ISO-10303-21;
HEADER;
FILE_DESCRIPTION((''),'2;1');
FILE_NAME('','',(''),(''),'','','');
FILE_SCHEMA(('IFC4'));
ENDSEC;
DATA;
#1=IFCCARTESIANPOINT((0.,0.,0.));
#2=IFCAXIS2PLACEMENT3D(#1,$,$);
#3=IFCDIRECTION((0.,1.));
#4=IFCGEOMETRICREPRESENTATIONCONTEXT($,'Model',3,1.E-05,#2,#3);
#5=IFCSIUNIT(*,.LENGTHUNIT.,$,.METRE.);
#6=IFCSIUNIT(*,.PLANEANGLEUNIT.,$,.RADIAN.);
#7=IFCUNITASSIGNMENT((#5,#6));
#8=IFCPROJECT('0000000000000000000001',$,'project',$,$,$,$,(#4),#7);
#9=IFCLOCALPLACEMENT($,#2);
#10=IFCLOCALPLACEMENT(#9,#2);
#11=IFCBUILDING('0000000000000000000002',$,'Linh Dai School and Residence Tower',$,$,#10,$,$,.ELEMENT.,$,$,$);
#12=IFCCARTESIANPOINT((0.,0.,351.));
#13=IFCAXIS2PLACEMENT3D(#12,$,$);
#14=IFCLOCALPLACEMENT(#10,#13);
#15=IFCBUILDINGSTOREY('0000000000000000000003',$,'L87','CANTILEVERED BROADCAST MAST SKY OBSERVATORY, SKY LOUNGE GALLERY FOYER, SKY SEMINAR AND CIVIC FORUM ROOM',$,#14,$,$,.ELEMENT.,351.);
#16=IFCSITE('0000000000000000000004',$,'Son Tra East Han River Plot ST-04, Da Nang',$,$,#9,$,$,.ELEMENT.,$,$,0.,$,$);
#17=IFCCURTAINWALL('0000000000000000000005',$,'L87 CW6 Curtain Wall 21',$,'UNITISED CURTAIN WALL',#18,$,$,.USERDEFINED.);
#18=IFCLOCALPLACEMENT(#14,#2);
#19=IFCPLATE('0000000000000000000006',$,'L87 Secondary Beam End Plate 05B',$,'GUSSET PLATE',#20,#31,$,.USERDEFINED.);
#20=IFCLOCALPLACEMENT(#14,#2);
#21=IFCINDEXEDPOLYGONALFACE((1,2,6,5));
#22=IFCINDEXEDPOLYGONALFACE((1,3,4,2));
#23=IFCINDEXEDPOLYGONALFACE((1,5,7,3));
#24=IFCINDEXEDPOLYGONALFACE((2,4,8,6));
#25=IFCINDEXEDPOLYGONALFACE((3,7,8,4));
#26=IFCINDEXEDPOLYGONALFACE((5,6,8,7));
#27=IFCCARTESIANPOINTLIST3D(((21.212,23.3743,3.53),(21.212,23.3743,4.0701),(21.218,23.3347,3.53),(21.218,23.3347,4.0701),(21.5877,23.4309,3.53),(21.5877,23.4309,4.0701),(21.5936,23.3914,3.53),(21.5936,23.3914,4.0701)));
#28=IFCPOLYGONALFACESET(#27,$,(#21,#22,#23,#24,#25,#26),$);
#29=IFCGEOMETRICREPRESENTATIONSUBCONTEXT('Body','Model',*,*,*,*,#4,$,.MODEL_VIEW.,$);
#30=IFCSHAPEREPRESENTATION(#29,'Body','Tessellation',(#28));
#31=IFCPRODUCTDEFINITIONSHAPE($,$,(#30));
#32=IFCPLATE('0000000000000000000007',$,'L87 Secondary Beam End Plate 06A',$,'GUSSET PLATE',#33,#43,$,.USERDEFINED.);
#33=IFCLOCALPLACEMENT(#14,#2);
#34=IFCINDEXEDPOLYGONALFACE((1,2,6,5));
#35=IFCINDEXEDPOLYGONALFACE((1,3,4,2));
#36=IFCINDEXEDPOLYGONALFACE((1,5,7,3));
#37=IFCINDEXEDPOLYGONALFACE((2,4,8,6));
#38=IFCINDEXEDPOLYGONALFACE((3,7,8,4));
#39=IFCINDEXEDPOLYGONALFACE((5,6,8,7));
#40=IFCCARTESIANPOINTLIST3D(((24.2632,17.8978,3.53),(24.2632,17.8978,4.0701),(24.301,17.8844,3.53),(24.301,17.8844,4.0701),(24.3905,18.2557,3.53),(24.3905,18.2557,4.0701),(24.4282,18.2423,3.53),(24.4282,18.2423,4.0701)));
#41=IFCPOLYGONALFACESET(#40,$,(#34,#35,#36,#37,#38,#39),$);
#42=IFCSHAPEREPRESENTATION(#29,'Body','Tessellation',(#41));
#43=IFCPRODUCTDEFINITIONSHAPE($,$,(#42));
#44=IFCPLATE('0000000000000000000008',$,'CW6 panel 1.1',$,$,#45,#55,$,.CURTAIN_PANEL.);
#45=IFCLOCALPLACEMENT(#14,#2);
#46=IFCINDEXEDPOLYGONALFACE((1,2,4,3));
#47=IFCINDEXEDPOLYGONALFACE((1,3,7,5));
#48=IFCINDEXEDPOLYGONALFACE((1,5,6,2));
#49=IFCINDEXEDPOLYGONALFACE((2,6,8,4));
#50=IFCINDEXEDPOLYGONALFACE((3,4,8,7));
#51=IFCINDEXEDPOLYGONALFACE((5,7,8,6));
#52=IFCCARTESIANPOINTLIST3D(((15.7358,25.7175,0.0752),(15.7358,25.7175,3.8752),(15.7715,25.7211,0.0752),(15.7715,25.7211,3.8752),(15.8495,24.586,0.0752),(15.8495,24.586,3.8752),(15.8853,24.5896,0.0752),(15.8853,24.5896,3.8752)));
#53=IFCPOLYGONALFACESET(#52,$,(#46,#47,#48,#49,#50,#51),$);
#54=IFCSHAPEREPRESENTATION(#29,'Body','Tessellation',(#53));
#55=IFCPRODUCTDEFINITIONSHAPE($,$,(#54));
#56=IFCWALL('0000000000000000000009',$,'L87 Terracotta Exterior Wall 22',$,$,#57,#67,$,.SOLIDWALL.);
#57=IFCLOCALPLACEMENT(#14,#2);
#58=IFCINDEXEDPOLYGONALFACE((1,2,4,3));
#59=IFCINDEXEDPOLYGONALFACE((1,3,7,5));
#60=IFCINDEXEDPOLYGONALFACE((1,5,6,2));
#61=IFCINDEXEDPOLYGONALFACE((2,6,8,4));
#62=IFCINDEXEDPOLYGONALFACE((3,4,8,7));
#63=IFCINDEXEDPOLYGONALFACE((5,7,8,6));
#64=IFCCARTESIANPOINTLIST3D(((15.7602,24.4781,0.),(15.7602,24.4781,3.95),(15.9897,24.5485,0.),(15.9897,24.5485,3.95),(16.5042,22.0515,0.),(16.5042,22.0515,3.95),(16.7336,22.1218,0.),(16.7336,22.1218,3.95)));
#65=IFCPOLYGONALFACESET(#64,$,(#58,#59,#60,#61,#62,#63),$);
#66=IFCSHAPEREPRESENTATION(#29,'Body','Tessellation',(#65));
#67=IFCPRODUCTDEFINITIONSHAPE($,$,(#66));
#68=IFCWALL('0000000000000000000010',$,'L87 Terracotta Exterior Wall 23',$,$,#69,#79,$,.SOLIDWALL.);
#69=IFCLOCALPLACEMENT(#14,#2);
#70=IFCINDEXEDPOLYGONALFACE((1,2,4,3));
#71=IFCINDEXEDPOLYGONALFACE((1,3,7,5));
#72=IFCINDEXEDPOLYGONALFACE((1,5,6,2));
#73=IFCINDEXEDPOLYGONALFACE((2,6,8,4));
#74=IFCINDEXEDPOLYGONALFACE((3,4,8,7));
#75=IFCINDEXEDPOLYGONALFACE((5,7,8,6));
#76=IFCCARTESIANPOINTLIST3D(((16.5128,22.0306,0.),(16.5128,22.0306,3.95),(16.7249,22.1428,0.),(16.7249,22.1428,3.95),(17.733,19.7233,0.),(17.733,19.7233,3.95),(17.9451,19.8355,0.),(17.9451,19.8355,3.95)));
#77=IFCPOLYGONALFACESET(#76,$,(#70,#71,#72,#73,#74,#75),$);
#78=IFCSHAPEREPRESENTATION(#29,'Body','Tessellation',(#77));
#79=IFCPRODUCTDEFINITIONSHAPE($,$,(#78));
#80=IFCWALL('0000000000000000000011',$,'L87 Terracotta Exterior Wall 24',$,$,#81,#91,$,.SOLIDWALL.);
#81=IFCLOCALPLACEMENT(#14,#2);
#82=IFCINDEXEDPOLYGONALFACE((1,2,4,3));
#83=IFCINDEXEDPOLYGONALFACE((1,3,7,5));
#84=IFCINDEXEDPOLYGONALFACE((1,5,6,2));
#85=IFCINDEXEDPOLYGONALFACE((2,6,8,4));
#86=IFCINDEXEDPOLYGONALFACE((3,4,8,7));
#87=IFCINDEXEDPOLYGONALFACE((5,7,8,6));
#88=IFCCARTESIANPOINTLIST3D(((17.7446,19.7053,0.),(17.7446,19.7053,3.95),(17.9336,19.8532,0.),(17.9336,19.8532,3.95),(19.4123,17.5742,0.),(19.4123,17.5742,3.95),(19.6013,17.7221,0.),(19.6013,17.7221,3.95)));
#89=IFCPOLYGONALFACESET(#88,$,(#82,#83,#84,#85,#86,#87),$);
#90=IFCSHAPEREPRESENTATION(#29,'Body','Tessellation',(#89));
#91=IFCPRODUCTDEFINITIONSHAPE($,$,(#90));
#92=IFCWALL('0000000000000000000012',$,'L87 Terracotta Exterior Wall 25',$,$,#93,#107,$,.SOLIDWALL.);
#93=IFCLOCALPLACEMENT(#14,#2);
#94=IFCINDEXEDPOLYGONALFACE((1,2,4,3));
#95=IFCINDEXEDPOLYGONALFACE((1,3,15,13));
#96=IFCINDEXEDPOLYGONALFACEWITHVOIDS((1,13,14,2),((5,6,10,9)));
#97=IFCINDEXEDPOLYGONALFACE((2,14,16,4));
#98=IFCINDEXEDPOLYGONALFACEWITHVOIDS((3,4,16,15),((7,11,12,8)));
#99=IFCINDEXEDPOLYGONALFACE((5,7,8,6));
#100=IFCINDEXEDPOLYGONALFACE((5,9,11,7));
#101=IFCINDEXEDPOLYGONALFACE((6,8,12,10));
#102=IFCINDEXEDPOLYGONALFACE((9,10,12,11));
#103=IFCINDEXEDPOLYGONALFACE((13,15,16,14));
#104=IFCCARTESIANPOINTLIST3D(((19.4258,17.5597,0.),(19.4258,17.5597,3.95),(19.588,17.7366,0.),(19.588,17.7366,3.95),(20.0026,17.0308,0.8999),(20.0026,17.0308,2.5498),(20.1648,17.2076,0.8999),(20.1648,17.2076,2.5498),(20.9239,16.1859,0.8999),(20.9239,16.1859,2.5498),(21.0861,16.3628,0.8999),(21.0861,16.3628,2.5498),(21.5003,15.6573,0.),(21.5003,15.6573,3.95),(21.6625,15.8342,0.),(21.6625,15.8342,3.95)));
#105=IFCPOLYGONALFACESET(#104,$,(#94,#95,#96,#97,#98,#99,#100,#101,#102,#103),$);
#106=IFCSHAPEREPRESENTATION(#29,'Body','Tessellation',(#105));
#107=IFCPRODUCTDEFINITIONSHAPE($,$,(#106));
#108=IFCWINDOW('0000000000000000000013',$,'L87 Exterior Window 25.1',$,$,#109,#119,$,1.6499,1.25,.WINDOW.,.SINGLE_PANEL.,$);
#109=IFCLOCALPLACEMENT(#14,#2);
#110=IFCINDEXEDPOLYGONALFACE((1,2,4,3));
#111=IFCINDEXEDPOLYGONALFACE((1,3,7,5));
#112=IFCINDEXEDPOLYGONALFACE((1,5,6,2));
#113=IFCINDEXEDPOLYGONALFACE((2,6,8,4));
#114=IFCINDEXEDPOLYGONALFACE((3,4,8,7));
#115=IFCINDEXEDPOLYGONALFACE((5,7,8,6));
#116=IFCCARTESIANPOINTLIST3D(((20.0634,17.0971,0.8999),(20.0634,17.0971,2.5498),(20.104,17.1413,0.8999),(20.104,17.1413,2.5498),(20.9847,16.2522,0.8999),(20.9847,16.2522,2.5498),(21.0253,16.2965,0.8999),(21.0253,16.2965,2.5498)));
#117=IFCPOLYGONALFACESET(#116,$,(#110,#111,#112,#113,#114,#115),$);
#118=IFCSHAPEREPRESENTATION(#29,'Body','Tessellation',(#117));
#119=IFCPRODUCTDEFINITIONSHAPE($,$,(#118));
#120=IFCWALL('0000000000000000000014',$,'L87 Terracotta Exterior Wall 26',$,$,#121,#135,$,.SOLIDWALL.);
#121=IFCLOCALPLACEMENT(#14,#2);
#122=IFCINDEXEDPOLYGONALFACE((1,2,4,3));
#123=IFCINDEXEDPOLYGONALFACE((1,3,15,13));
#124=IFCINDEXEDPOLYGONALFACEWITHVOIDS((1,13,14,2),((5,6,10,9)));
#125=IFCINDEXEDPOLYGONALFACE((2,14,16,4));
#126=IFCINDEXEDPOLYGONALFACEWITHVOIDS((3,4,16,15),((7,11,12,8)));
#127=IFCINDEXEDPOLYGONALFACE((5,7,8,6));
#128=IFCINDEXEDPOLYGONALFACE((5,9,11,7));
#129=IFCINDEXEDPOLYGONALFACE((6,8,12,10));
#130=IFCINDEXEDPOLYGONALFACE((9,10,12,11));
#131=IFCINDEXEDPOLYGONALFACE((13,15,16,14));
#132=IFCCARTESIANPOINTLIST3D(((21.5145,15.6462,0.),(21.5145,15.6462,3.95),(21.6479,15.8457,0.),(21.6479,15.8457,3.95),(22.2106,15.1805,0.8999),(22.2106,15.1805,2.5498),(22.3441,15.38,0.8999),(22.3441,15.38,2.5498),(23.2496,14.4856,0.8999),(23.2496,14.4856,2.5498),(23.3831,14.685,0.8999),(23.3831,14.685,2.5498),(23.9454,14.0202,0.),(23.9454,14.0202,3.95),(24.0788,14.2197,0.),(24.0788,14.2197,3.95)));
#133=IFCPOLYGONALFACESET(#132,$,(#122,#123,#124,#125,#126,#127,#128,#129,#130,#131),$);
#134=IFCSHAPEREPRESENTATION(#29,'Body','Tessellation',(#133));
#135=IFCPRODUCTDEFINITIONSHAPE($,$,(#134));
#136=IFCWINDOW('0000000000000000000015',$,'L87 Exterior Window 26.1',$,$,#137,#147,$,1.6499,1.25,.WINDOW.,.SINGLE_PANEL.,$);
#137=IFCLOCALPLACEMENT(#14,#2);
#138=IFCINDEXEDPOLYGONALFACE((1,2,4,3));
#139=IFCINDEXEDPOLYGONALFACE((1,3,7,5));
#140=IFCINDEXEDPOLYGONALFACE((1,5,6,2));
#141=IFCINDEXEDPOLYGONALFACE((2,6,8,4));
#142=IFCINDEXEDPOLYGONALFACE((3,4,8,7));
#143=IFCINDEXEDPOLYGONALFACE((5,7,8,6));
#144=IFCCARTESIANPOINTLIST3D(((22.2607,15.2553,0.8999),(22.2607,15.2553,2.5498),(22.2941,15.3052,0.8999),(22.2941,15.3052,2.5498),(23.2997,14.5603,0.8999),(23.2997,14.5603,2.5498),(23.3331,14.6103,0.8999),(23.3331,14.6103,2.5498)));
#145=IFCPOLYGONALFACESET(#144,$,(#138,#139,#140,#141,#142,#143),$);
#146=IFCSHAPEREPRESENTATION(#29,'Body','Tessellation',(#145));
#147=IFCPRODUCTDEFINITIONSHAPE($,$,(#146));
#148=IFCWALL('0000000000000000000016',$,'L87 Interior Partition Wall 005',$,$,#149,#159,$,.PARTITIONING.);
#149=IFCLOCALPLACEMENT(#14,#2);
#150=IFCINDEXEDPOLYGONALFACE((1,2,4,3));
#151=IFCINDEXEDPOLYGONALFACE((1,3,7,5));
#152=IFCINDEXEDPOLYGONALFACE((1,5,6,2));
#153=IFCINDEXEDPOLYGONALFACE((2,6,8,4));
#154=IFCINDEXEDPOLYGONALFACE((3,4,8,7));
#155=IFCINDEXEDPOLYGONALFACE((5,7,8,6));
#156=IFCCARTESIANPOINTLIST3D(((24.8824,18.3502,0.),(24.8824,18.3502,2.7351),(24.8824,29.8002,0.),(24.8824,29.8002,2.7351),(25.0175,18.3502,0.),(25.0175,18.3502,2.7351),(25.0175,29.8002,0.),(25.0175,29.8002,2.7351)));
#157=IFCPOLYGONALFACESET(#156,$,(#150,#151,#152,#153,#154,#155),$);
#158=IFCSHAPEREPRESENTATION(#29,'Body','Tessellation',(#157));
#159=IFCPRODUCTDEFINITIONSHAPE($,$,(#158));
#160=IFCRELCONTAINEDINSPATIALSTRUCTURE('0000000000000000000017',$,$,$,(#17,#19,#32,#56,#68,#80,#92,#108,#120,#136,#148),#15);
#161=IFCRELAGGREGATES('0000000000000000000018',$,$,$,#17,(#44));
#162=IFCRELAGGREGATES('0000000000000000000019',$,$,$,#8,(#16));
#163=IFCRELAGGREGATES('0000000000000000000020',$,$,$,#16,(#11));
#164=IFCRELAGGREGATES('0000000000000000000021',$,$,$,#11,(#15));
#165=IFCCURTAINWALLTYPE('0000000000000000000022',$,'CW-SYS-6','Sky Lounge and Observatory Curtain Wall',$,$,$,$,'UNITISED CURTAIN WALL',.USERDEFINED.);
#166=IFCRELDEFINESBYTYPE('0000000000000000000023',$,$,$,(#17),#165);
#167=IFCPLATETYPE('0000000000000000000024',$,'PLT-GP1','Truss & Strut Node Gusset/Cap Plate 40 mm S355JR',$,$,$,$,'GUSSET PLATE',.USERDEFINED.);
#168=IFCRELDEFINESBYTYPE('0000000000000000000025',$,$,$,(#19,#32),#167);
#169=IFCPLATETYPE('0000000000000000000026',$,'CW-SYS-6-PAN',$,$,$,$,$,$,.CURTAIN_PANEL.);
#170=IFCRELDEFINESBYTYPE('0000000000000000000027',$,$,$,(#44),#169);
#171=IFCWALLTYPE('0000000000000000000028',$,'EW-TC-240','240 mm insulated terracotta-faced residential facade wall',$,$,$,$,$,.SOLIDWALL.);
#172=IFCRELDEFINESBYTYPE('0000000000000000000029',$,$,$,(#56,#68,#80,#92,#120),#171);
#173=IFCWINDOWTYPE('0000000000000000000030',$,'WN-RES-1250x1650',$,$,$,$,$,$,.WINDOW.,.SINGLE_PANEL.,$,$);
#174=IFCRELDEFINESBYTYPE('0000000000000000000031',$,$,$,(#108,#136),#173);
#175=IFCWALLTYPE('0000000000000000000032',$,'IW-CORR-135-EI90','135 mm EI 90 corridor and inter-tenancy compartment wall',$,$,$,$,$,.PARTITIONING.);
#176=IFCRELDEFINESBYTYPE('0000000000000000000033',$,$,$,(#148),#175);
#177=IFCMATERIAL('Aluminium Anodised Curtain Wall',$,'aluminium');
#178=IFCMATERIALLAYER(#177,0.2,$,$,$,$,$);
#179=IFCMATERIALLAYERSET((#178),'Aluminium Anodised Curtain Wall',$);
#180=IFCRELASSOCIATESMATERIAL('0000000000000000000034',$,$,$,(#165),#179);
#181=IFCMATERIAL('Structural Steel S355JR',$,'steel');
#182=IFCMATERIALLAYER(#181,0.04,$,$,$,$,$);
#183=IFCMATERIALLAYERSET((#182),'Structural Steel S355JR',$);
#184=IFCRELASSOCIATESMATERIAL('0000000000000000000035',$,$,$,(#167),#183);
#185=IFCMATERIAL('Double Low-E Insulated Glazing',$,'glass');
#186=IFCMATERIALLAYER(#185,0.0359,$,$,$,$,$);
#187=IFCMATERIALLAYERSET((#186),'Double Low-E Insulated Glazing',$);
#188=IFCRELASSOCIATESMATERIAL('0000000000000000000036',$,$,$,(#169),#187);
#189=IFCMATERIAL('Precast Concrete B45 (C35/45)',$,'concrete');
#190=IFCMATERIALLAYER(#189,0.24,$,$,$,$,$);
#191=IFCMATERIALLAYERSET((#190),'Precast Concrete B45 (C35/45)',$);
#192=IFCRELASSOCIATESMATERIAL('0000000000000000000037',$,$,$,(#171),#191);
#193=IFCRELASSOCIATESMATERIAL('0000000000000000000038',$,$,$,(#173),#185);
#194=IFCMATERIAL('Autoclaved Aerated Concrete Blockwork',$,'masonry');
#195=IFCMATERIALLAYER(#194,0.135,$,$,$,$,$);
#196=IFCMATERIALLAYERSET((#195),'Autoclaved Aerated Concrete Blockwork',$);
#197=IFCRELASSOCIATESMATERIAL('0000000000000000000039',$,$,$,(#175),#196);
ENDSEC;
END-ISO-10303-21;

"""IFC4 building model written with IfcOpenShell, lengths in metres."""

from ifc_helpers import new_model, si_unit, direction, frame, frame_2d, origin, origin_2d, place, context, subcontext, project, spatial, rectangle, extrude, source, transform, mapped, material, layer, layer_set, type_object, element, fill, aggregate, save


model = new_model("IFC4")

# Units and contexts
model_context = context("Model", 3, precision=1e-05, world=origin(), true_north=direction((0.0, 1.0)))
body_context = subcontext(model_context, "Body", "Model", "MODEL_VIEW")
ifc_project = project(units=[si_unit("LENGTHUNIT", "METRE"), si_unit("PLANEANGLEUNIT", "RADIAN")], contexts=[model_context])

# Site, building, storey
site_placement = place(None, origin())
site = spatial("IfcSite", under=ifc_project, at=site_placement, Name="Son Tra East Han River Plot ST-04, Da Nang", CompositionType="ELEMENT", RefElevation=0.0)
building_placement = place(site_placement, origin())
building = spatial("IfcBuilding", under=site, at=building_placement, Name="Linh Dai School and Residence Tower", CompositionType="ELEMENT")
storey_placement = place(building_placement, frame((0.0, 0.0, 351.0)))
storey = spatial("IfcBuildingStorey", under=building, at=storey_placement, Name="L87", Description="CANTILEVERED BROADCAST MAST SKY OBSERVATORY, SKY LOUNGE GALLERY FOYER, SKY SEMINAR AND CIVIC FORUM ROOM", CompositionType="ELEMENT", Elevation=351.0)

# Shared definitions
ifc_material_1 = material(Name="Structural Steel S355JR", Category="steel")

# Curtain wall
ifc_material_2 = material(Name="Aluminium Anodised Curtain Wall", Category="aluminium")
ifc_layer_1 = layer(ifc_material_2, 0.2)
ifc_layer_set_1 = layer_set([ifc_layer_1], Name="Aluminium Anodised Curtain Wall")
curtain_wall_type = type_object("IfcCurtainWallType", Name="CW-SYS-6", Description="Sky Lounge and Observatory Curtain Wall", ElementType="UNITISED CURTAIN WALL", PredefinedType="USERDEFINED", material=ifc_layer_set_1)
curtain_wall_placement = place(storey_placement, origin())
curtain_wall = element("IfcCurtainWall", 1, at=curtain_wall_placement, inside=storey, type_object=curtain_wall_type, Name="L87 CW6 Curtain Wall 21", ObjectType="UNITISED CURTAIN WALL", PredefinedType="USERDEFINED")

# Plates
ifc_layer_2 = layer(ifc_material_1, 0.04)
ifc_layer_set_2 = layer_set([ifc_layer_2], Name="Structural Steel S355JR")
plate_type_1 = type_object("IfcPlateType", Name="PLT-GP1", Description="Truss & Strut Node Gusset/Cap Plate 40 mm S355JR", ElementType="GUSSET PLATE", PredefinedType="USERDEFINED", material=ifc_layer_set_2)
shared_shape_1 = source(origin(), body_context, "Body", "SweptSolid", [
    extrude(rectangle(XDim=0.04, YDim=0.3799, at=origin_2d()), origin(), (0.0, 0.0, 1.0), 0.54),
])
for number, where, z_axis, x_axis, name in (
    (2, (21.4028, 23.3828, 3.53), (0.0, 0.0, 1.0), (0.149196, -0.988808, 0.0), "L87 Secondary Beam End Plate 05B"),
    (3, (24.3457, 18.0701, 3.53), (0.0, 0.0, 1.0), (0.942251, -0.334909, 0.0), "L87 Secondary Beam End Plate 06A"),
):
    element("IfcPlate", number, at=place(storey_placement, frame(where, z_axis=z_axis, x_axis=x_axis)), inside=storey, type_object=plate_type_1, Name=name, ObjectType="GUSSET PLATE", PredefinedType="USERDEFINED", context=body_context, shape_type="MappedRepresentation", body=[
        mapped(shared_shape_1, transform((0.0, 0.0, 0.0), x_axis=(1.0, 0.0, 0.0), y_axis=(0.0, 1.0, 0.0), z_axis=(0.0, 0.0, 1.0), scale=1.0)),
    ])

# Plate
ifc_material_3 = material(Name="Double Low-E Insulated Glazing", Category="glass")
ifc_layer_3 = layer(ifc_material_3, 0.0359)
ifc_layer_set_3 = layer_set([ifc_layer_3], Name="Double Low-E Insulated Glazing")
plate_type_2 = type_object("IfcPlateType", Name="CW-SYS-6-PAN", PredefinedType="CURTAIN_PANEL", material=ifc_layer_set_3)
shared_shape_2 = source(origin(), body_context, "Body", "SweptSolid", [
    extrude(rectangle(XDim=1.1372, YDim=0.0359, at=origin_2d()), origin(), (0.0, 0.0, 1.0), 3.8),
])
plate_placement = place(storey_placement, frame((15.8105, 25.1536, 0.0752), z_axis=(0.0, 0.0, 1.0), x_axis=(-0.099992, 0.994988, 0.0)))
plate = element("IfcPlate", 4, at=plate_placement, type_object=plate_type_2, Name="CW6 panel 1.1", PredefinedType="CURTAIN_PANEL", context=body_context, shape_type="MappedRepresentation", body=[
    mapped(shared_shape_2, transform((0.0, 0.0, 0.0), x_axis=(1.0, 0.0, 0.0), y_axis=(0.0, 1.0, 0.0), z_axis=(0.0, 0.0, 1.0), scale=1.0)),
])
aggregate(curtain_wall, [plate])

# Walls
ifc_material_4 = material(Name="Precast Concrete B45 (C35/45)", Category="concrete")
ifc_layer_4 = layer(ifc_material_4, 0.24)
ifc_layer_set_4 = layer_set([ifc_layer_4], Name="Precast Concrete B45 (C35/45)")
wall_type_1 = type_object("IfcWallType", Name="EW-TC-240", Description="240 mm insulated terracotta-faced residential facade wall", PredefinedType="SOLIDWALL", material=ifc_layer_set_4)
wall_1_placement = place(storey_placement, frame((16.6189, 22.0867, 0.0), z_axis=(0.0, 0.0, 1.0), x_axis=(-0.293106, 0.95608, 0.0)))
element("IfcWall", 5, at=wall_1_placement, inside=storey, type_object=wall_type_1, Name="L87 Terracotta Exterior Wall 22", PredefinedType="SOLIDWALL", context=body_context, shape_type="SweptSolid", body=[
    extrude(rectangle(XDim=2.5381, YDim=0.24, at=frame_2d((1.269, 0.0))), origin(), (0.0, 0.0, 1.0), 3.95),
])
wall_2_placement = place(storey_placement, frame((17.8391, 19.7793, 0.0), z_axis=(0.0, 0.0, 1.0), x_axis=(-0.467488, 0.883999, 0.0)))
element("IfcWall", 6, at=wall_2_placement, inside=storey, type_object=wall_type_1, Name="L87 Terracotta Exterior Wall 23", PredefinedType="SOLIDWALL", context=body_context, shape_type="SweptSolid", body=[
    extrude(rectangle(XDim=2.6101, YDim=0.24, at=frame_2d((1.3052, 0.0))), origin(), (0.0, 0.0, 1.0), 3.95),
])
wall_3_placement = place(storey_placement, frame((19.5068, 17.6482, 0.0), z_axis=(0.0, 0.0, 1.0), x_axis=(-0.616286, 0.787522, 0.0)))
element("IfcWall", 7, at=wall_3_placement, inside=storey, type_object=wall_type_1, Name="L87 Terracotta Exterior Wall 24", PredefinedType="SOLIDWALL", context=body_context, shape_type="SweptSolid", body=[
    extrude(rectangle(XDim=2.7061, YDim=0.24, at=frame_2d((1.353, 0.0))), origin(), (0.0, 0.0, 1.0), 3.95),
])

# Walls, openings, windows
wall_4_placement = place(storey_placement, frame((21.5813, 15.7458, 0.0), z_axis=(0.0, 0.0, 1.0), x_axis=(-0.737021, 0.67587, 0.0)))
wall_4 = element("IfcWall", 8, at=wall_4_placement, inside=storey, type_object=wall_type_1, Name="L87 Terracotta Exterior Wall 25", PredefinedType="SOLIDWALL", context=body_context, shape_type="SweptSolid", body=[
    extrude(rectangle(XDim=2.8147, YDim=0.24, at=frame_2d((1.4072, 0.0))), origin(), (0.0, 0.0, 1.0), 3.95),
])
opening_1_placement = place(wall_4_placement, frame((0.782, 0.0, 0.8999)))
opening_1 = element("IfcOpeningElement", 9, at=opening_1_placement, cuts=wall_4, PredefinedType="OPENING", context=body_context, shape_type="SweptSolid", body=[
    extrude(rectangle(XDim=1.25, YDim=1.6499, at=origin_2d()), frame((0.625, 0.1299, 0.825), z_axis=(0.0, -1.0, 0.0), x_axis=(1.0, 0.0, 0.0)), (0.0, 0.0, 1.0), 0.26),
])
window_type = type_object("IfcWindowType", Name="WN-RES-1250x1650", PartitioningType="SINGLE_PANEL", PredefinedType="WINDOW", material=ifc_material_3)
shared_shape_3 = source(origin(), body_context, "Body", "SweptSolid", [
    extrude(rectangle(XDim=1.25, YDim=1.6499, at=origin_2d()), frame((0.625, 0.03, 0.825), z_axis=(0.0, -1.0, 0.0), x_axis=(1.0, 0.0, 0.0)), (0.0, 0.0, 1.0), 0.0601),
])
window_1_placement = place(opening_1_placement, origin())
window_1 = element("IfcWindow", 10, at=window_1_placement, inside=storey, type_object=window_type, Name="L87 Exterior Window 25.1", OverallHeight=1.6499, OverallWidth=1.25, PartitioningType="SINGLE_PANEL", PredefinedType="WINDOW", context=body_context, shape_type="MappedRepresentation", body=[
    mapped(shared_shape_3, transform((0.0, 0.0, 0.0), x_axis=(1.0, 0.0, 0.0), y_axis=(0.0, 1.0, 0.0), z_axis=(0.0, 0.0, 1.0), scale=1.0)),
])
fill(opening_1, window_1)
wall_5_placement = place(storey_placement, frame((24.0122, 14.1199, 0.0), z_axis=(0.0, 0.0, 1.0), x_axis=(-0.831202, 0.555971, 0.0)))
wall_5 = element("IfcWall", 11, at=wall_5_placement, inside=storey, type_object=wall_type_1, Name="L87 Terracotta Exterior Wall 26", PredefinedType="SOLIDWALL", context=body_context, shape_type="SweptSolid", body=[
    extrude(rectangle(XDim=2.9246, YDim=0.24, at=frame_2d((1.4624, 0.0))), origin(), (0.0, 0.0, 1.0), 3.95),
])
opening_2_placement = place(wall_5_placement, frame((0.8372, 0.0, 0.8999)))
opening_2 = element("IfcOpeningElement", 12, at=opening_2_placement, cuts=wall_5, PredefinedType="OPENING", context=body_context, shape_type="SweptSolid", body=[
    extrude(rectangle(XDim=1.25, YDim=1.6499, at=origin_2d()), frame((0.625, 0.1299, 0.825), z_axis=(0.0, -1.0, 0.0), x_axis=(1.0, 0.0, 0.0)), (0.0, 0.0, 1.0), 0.26),
])
window_2_placement = place(opening_2_placement, origin())
window_2 = element("IfcWindow", 13, at=window_2_placement, inside=storey, type_object=window_type, Name="L87 Exterior Window 26.1", OverallHeight=1.6499, OverallWidth=1.25, PartitioningType="SINGLE_PANEL", PredefinedType="WINDOW", context=body_context, shape_type="MappedRepresentation", body=[
    mapped(shared_shape_3, transform((0.0, 0.0, 0.0), x_axis=(1.0, 0.0, 0.0), y_axis=(0.0, 1.0, 0.0), z_axis=(0.0, 0.0, 1.0), scale=1.0)),
])
fill(opening_2, window_2)

# Wall
ifc_material_5 = material(Name="Autoclaved Aerated Concrete Blockwork", Category="masonry")
ifc_layer_5 = layer(ifc_material_5, 0.135)
ifc_layer_set_5 = layer_set([ifc_layer_5], Name="Autoclaved Aerated Concrete Blockwork")
wall_type_2 = type_object("IfcWallType", Name="IW-CORR-135-EI90", Description="135 mm EI 90 corridor and inter-tenancy compartment wall", PredefinedType="PARTITIONING", material=ifc_layer_set_5)
wall_6_placement = place(storey_placement, frame((24.95, 18.3501, 0.0), z_axis=(0.0, 0.0, 1.0), x_axis=(0.0, 1.0, 0.0)))
element("IfcWall", 14, at=wall_6_placement, inside=storey, type_object=wall_type_2, Name="L87 Interior Partition Wall 005", PredefinedType="PARTITIONING", context=body_context, shape_type="SweptSolid", body=[
    extrude(rectangle(XDim=11.45, YDim=0.135, at=frame_2d((5.7251, 0.0))), origin(), (0.0, 0.0, 1.0), 2.7351),
])

save(model, "model.ifc")
